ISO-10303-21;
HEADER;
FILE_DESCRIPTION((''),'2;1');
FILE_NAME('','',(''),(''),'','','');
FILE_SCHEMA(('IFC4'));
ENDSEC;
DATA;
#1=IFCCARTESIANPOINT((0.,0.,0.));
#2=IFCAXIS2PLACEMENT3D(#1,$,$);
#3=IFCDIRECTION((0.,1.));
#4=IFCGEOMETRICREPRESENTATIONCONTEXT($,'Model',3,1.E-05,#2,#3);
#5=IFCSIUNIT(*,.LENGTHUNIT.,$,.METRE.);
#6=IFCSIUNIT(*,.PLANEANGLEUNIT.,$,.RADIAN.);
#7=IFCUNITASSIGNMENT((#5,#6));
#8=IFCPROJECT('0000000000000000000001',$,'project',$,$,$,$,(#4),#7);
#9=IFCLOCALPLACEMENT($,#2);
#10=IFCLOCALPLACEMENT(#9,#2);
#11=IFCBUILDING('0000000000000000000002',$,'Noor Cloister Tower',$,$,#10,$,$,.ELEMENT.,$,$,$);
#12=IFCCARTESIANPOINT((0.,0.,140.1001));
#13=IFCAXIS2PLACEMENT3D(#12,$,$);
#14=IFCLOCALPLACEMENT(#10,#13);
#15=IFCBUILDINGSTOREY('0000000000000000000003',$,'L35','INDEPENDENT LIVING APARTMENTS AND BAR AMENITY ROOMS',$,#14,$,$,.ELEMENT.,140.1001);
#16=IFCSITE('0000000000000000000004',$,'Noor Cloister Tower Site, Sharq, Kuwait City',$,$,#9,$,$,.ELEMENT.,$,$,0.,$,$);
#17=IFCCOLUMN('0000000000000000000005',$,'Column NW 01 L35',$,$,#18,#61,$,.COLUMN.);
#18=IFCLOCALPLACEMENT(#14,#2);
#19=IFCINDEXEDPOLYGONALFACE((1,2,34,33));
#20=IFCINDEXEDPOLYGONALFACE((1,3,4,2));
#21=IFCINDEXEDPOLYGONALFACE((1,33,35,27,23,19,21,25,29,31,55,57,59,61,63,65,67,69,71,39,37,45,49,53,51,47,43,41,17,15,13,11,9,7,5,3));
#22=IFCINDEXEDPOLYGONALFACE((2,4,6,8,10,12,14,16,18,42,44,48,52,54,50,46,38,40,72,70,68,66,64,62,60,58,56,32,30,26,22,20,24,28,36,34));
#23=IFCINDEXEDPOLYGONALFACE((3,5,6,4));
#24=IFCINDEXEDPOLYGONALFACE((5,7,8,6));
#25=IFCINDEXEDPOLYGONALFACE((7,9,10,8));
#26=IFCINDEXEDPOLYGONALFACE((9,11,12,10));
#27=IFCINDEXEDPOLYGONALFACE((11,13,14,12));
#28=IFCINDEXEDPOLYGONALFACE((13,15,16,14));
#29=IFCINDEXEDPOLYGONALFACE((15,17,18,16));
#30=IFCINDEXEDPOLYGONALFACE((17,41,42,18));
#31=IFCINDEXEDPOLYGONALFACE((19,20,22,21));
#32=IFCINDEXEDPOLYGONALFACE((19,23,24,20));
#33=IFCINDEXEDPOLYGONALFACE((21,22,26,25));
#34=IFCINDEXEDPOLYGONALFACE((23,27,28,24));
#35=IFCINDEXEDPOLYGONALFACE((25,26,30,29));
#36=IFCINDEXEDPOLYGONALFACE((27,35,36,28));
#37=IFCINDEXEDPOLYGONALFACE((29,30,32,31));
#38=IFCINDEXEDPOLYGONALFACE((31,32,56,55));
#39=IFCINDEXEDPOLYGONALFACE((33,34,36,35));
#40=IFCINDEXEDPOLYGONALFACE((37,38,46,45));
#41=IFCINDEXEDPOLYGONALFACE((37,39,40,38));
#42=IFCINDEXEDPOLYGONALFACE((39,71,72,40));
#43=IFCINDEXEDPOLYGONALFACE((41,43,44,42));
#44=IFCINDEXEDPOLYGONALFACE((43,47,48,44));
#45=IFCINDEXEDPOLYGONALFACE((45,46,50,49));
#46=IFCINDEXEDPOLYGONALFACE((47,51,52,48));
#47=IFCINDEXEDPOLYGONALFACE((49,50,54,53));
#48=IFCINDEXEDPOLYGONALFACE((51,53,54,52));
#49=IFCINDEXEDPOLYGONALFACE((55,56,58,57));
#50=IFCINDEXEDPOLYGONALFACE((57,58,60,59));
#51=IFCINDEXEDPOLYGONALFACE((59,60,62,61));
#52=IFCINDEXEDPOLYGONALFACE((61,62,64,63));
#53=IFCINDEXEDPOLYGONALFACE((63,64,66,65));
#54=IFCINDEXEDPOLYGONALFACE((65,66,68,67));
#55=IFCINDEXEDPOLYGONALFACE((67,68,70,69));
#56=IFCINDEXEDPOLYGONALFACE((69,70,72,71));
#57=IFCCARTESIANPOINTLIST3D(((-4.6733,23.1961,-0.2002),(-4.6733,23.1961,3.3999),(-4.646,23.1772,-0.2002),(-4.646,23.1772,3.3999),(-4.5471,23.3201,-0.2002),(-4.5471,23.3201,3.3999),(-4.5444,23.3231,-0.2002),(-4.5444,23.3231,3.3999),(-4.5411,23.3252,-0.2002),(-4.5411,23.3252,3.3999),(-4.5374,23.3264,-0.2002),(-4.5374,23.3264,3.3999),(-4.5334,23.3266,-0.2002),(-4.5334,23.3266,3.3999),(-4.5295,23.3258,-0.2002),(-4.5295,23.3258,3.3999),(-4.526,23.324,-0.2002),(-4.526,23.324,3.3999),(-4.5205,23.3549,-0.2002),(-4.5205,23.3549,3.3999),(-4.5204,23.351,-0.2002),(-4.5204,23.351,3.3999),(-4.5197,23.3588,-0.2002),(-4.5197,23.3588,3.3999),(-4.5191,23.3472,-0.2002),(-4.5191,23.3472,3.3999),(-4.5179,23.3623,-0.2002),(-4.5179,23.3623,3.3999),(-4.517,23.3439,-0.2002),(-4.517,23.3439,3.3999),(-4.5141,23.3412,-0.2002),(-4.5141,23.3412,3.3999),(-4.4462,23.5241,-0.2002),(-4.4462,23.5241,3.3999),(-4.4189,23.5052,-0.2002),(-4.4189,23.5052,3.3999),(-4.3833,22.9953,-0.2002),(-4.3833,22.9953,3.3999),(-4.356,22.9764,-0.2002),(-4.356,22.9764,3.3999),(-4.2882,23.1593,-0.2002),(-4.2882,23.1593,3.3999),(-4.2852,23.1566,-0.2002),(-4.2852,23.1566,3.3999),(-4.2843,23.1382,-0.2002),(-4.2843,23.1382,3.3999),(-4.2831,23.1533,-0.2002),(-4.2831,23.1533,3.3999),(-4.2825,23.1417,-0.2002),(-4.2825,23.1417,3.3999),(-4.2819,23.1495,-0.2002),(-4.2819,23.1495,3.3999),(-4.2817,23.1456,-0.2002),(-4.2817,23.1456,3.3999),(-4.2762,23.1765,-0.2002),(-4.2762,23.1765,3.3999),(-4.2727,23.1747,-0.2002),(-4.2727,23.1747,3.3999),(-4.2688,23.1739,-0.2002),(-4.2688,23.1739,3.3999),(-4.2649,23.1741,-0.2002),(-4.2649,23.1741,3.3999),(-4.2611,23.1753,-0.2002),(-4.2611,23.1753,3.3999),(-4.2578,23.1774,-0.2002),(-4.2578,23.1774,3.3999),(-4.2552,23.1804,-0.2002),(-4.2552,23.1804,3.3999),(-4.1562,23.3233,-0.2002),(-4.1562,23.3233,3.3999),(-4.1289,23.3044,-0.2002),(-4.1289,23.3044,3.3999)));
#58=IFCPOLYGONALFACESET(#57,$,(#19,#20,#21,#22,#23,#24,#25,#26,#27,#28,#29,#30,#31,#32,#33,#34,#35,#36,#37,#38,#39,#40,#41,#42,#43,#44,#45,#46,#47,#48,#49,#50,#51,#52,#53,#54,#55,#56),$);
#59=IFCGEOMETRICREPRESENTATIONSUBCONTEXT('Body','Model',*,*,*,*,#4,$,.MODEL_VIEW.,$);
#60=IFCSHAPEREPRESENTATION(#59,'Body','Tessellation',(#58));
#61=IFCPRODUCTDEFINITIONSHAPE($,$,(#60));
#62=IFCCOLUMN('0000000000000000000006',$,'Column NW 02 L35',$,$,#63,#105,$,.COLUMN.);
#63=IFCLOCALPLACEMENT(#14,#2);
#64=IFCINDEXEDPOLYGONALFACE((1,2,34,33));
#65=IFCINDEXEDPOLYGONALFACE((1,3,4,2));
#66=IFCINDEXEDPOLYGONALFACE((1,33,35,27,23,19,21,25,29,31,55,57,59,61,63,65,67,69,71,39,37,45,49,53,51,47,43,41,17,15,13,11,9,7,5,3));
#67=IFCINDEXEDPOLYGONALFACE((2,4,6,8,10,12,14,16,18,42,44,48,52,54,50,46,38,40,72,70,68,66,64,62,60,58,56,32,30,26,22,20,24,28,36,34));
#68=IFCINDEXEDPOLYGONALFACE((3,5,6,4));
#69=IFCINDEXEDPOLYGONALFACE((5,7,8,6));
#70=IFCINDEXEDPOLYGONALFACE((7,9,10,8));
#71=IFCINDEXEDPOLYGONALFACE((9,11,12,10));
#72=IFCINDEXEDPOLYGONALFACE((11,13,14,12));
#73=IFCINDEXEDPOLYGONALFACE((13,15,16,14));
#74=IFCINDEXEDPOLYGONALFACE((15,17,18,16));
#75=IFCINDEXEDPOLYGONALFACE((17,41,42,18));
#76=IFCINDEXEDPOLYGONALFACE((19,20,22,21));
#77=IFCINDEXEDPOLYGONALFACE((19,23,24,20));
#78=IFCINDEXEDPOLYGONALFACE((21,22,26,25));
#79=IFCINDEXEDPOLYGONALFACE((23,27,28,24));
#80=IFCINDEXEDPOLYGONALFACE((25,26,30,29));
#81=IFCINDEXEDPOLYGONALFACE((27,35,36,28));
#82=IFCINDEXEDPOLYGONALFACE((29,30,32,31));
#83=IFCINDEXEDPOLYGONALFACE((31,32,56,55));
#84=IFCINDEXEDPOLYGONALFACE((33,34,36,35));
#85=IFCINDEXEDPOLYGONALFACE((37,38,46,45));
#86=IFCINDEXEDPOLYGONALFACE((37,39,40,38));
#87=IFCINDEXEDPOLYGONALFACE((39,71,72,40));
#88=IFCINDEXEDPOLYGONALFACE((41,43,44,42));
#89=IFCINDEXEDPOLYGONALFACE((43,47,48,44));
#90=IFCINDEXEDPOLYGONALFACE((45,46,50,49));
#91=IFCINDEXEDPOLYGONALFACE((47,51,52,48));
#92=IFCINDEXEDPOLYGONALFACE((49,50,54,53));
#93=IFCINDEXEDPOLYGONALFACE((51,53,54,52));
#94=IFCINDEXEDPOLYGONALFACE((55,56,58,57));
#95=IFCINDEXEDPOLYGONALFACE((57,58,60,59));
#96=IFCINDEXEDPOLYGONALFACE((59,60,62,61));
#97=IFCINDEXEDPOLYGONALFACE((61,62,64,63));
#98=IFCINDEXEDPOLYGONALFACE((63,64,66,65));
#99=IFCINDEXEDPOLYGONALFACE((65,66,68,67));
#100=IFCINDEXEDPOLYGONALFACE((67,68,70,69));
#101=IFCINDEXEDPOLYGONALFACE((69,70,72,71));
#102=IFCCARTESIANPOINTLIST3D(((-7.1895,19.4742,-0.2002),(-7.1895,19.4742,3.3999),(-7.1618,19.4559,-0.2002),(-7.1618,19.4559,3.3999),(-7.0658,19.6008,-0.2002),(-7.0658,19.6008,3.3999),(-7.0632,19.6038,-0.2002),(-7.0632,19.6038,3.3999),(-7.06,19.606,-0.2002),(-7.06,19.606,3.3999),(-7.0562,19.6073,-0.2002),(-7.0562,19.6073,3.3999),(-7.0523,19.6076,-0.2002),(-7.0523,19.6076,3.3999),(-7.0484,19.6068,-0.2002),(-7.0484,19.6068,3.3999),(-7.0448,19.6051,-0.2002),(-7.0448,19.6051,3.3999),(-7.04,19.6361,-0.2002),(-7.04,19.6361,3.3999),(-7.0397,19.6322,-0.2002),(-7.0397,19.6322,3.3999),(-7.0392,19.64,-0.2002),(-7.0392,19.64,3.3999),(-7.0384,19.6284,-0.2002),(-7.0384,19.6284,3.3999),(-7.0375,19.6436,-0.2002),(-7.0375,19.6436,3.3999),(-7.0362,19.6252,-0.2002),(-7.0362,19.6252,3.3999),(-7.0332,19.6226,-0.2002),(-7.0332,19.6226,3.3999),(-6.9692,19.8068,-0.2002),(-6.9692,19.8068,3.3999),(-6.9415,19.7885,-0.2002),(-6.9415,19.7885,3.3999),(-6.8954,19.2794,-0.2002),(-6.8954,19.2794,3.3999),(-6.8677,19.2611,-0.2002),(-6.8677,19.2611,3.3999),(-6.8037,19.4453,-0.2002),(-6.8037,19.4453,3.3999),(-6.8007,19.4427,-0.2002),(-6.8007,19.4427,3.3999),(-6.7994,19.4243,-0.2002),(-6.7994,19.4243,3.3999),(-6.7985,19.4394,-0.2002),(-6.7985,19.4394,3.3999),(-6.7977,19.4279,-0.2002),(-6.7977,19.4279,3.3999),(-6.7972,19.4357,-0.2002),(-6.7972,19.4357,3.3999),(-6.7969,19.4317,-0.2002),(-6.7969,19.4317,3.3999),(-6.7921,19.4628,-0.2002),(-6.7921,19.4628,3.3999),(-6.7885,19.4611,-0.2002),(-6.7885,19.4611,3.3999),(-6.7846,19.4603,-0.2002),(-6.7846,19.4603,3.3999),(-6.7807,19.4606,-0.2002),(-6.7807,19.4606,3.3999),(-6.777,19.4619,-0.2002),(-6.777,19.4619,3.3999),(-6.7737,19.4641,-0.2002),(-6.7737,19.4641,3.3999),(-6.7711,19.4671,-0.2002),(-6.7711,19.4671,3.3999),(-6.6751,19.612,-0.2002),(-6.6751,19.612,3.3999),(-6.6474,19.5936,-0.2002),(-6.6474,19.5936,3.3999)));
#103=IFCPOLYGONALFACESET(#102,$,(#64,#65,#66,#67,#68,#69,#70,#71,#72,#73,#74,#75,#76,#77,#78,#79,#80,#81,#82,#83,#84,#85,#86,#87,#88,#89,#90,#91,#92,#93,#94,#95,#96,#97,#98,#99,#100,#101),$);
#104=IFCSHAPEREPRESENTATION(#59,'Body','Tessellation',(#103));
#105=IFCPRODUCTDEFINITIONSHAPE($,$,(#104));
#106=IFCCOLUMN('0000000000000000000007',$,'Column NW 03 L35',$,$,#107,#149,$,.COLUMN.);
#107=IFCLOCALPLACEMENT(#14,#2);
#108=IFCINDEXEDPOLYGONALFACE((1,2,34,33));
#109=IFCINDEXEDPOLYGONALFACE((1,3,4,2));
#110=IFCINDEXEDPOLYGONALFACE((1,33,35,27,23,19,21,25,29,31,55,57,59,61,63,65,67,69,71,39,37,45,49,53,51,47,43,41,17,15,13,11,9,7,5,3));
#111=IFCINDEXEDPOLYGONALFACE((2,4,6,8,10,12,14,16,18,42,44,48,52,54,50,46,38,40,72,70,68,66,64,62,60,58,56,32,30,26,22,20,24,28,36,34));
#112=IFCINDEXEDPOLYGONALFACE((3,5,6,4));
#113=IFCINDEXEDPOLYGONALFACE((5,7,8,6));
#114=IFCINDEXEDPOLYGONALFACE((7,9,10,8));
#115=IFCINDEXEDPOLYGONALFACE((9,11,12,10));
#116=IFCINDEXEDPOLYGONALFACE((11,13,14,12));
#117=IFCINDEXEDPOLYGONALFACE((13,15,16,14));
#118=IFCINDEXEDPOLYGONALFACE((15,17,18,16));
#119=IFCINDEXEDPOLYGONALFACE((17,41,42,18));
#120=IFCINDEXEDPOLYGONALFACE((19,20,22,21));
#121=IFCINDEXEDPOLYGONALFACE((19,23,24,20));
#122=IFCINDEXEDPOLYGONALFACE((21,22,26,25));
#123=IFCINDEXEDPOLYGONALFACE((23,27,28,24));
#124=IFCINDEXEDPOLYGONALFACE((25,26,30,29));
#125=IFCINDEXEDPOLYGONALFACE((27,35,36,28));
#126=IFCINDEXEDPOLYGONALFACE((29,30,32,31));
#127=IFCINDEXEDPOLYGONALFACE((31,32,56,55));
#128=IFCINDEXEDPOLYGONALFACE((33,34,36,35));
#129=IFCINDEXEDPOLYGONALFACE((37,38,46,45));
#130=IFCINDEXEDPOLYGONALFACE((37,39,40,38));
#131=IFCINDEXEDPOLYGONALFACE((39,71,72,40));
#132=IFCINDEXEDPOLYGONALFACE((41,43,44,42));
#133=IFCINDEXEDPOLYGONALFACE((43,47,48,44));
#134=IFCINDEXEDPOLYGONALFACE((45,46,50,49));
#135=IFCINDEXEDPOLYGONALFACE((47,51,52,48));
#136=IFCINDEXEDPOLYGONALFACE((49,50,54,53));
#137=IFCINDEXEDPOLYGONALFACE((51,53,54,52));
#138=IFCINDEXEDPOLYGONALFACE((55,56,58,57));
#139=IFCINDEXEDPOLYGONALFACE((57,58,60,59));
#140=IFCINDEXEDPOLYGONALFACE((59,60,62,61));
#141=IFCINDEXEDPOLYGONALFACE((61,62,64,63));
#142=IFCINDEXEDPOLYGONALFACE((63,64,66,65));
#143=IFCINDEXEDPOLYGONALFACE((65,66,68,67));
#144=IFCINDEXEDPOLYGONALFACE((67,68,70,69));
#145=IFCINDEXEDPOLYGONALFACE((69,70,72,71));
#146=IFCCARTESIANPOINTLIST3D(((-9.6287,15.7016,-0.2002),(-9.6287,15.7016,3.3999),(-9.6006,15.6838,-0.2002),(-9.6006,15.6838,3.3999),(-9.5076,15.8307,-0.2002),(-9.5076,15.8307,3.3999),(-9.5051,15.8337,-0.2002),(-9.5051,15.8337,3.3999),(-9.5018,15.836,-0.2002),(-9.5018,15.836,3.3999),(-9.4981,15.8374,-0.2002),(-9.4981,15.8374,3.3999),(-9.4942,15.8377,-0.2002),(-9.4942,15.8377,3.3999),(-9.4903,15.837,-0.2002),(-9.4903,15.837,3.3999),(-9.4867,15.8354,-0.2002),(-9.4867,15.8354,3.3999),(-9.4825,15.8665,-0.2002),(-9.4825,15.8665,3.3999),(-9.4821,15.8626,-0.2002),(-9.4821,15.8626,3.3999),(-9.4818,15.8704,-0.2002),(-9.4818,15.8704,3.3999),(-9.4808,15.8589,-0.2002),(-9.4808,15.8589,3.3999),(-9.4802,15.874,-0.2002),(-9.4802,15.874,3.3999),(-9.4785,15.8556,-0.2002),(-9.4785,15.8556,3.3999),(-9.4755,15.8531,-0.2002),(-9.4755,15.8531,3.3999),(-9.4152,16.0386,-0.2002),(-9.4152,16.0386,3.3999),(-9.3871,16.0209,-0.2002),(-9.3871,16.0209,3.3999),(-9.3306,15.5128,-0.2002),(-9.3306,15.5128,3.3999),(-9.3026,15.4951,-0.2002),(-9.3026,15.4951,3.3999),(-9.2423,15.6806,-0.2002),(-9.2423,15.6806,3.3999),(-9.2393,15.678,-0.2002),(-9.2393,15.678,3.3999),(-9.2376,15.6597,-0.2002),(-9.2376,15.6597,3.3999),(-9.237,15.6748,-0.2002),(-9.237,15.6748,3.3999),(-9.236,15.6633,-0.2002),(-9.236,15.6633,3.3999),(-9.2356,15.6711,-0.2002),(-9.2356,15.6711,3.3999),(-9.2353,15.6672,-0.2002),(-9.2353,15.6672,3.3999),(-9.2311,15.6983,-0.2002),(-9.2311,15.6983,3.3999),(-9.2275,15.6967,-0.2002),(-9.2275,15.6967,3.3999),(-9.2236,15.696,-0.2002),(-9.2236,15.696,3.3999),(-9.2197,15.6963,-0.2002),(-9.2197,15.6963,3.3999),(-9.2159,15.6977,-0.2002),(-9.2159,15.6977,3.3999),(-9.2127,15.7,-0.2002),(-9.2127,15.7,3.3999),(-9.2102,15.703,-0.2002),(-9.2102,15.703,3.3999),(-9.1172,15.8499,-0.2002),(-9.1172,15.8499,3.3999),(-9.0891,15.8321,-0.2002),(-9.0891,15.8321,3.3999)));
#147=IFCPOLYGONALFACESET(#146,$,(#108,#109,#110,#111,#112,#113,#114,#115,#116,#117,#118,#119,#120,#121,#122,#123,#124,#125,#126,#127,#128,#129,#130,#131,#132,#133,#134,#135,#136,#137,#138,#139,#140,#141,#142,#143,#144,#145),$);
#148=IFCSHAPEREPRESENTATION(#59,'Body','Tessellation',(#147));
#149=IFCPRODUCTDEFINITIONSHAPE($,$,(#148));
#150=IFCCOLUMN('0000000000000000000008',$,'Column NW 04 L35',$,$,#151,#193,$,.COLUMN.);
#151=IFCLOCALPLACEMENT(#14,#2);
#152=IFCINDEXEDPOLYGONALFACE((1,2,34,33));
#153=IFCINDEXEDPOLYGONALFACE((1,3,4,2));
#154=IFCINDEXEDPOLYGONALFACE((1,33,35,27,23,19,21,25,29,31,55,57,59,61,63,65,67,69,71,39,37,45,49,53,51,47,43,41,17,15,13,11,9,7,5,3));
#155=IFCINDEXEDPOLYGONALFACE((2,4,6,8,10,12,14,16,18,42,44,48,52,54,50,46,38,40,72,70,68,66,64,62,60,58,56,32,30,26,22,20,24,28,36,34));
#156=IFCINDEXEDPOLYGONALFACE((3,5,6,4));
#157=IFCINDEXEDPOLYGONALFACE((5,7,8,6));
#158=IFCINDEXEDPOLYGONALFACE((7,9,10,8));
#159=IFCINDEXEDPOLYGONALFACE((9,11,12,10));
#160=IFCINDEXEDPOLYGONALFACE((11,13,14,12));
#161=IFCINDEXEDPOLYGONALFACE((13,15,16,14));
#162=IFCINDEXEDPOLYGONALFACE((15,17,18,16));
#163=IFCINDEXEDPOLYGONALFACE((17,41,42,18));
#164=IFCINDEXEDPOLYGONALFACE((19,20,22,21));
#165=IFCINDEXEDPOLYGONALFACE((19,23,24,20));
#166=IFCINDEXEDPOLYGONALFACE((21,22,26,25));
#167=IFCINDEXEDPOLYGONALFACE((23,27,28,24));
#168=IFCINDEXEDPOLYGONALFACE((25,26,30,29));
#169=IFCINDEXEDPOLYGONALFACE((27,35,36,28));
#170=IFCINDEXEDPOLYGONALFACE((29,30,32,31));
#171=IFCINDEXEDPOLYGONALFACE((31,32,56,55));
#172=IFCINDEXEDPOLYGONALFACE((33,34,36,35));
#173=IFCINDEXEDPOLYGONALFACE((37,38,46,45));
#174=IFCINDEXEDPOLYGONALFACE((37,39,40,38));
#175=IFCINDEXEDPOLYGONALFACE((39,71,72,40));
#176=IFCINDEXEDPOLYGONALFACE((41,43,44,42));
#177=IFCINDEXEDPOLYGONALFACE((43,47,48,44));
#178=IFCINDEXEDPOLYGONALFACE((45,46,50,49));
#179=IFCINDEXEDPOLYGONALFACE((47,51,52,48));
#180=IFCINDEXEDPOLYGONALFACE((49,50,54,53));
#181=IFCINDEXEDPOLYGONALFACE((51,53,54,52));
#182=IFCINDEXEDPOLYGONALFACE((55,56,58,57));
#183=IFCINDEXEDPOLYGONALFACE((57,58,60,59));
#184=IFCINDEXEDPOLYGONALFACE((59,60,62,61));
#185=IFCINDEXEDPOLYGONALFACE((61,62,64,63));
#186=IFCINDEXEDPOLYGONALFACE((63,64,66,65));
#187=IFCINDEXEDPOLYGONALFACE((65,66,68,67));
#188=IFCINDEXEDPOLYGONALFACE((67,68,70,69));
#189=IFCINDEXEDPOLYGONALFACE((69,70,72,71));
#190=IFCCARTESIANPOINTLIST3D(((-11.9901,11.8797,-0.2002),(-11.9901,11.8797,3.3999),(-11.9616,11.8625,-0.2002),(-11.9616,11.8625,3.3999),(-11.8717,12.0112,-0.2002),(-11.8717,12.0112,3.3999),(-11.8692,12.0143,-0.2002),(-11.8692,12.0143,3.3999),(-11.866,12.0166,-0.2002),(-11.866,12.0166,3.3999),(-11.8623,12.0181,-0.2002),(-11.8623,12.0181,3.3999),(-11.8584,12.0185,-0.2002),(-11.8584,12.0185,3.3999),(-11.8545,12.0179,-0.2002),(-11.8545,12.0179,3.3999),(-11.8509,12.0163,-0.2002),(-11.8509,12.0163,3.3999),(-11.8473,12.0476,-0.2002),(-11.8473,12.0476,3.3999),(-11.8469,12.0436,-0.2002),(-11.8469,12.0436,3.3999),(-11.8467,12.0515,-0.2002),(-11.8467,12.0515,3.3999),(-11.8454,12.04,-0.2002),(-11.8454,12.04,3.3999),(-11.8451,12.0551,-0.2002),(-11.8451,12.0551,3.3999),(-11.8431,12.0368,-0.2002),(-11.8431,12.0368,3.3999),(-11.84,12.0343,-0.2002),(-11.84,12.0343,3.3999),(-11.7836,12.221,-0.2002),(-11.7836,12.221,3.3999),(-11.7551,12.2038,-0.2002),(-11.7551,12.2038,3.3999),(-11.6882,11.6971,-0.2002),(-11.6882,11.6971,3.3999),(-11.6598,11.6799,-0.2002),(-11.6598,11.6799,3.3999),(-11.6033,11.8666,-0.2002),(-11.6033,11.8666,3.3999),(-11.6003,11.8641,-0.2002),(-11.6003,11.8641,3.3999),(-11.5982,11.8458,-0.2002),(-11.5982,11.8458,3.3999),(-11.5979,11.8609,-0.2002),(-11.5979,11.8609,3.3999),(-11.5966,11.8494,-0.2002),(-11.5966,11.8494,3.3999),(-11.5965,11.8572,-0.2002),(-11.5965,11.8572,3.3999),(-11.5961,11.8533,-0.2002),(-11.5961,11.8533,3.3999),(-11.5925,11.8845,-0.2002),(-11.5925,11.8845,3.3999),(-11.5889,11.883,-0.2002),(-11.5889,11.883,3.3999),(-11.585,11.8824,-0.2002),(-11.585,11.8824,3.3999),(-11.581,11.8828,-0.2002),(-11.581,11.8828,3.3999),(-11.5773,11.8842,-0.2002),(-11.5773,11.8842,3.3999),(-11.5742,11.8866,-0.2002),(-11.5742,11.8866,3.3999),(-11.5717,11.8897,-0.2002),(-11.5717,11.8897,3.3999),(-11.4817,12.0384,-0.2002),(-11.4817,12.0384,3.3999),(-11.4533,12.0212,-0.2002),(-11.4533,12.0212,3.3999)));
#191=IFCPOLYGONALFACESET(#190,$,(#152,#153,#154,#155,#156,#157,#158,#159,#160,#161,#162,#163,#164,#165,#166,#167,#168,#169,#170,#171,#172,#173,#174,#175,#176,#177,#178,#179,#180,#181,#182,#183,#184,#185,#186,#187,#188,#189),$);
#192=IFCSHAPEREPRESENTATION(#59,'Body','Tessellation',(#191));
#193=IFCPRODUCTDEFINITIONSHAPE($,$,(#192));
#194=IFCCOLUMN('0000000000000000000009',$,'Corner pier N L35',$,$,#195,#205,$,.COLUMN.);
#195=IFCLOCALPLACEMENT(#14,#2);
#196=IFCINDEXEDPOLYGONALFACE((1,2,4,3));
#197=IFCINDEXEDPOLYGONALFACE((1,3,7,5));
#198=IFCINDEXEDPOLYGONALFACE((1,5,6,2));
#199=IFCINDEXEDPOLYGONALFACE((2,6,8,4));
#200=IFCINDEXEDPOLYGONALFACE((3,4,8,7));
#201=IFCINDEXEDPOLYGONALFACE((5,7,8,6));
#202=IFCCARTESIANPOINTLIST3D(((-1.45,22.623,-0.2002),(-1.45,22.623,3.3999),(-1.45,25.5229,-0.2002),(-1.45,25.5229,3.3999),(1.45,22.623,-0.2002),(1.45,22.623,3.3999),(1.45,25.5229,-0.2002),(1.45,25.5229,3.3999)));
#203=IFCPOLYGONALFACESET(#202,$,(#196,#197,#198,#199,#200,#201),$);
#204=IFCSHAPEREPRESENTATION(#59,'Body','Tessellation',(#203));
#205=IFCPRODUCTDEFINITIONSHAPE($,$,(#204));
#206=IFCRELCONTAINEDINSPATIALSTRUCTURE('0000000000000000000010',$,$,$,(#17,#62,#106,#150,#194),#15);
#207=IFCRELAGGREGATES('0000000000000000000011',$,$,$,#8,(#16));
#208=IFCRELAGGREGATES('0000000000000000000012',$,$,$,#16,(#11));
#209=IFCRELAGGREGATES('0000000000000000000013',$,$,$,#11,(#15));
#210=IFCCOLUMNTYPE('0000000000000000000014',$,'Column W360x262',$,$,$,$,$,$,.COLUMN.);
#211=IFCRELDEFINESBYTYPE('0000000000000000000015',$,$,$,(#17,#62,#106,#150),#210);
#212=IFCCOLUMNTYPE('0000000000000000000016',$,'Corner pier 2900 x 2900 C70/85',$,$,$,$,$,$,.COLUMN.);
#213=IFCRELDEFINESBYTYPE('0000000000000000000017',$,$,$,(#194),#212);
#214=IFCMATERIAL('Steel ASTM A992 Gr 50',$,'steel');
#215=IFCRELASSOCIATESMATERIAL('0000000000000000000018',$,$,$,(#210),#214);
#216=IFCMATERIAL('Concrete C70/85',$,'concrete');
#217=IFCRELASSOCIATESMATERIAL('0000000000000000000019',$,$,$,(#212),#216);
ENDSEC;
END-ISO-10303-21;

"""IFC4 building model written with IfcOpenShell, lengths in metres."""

from ifc_helpers import new_model, si_unit, direction, frame, origin, origin_2d, place, context, subcontext, project, spatial, rectangle, i_section, extrude, material, material_profile, profile_set, type_object, element, save


model = new_model("IFC4")

# Units and contexts
model_context = context("Model", 3, precision=1e-05, world=origin(), true_north=direction((0.0, 1.0)))
body_context = subcontext(model_context, "Body", "Model", "MODEL_VIEW")
ifc_project = project(units=[si_unit("LENGTHUNIT", "METRE"), si_unit("PLANEANGLEUNIT", "RADIAN")], contexts=[model_context])

# Site, building, storey
site_placement = place(None, origin())
site = spatial("IfcSite", under=ifc_project, at=site_placement, Name="Noor Cloister Tower Site, Sharq, Kuwait City", CompositionType="ELEMENT", RefElevation=0.0)
building_placement = place(site_placement, origin())
building = spatial("IfcBuilding", under=site, at=building_placement, Name="Noor Cloister Tower", CompositionType="ELEMENT")
storey_placement = place(building_placement, frame((0.0, 0.0, 140.1001)))
storey = spatial("IfcBuildingStorey", under=building, at=storey_placement, Name="L35", Description="INDEPENDENT LIVING APARTMENTS AND BAR AMENITY ROOMS", CompositionType="ELEMENT", Elevation=140.1001)

# Columns
ifc_material_1 = material(Name="Steel ASTM A992 Gr 50", Category="steel")
ifc_material_profile_1 = material_profile(ifc_material_1, i_section(OverallWidth=0.3989, OverallDepth=0.386, WebThickness=0.021, FlangeThickness=0.0332, FilletRadius=0.0151, at=origin_2d()), Name="W360x262")
ifc_profile_set_1 = profile_set([ifc_material_profile_1], Name="Steel ASTM A992 Gr 50")
column_type_1 = type_object("IfcColumnType", Name="Column W360x262", PredefinedType="COLUMN", material=ifc_profile_set_1)
for number, where, z_axis, x_axis, name in (
    (1, (-4.4011, 23.2502, -0.2002), (0.0, 0.0, 1.0), (-0.569266, -0.822154, 0.0), "Column NW 01 L35"),
    (2, (-6.9185, 19.5339, -0.2002), (0.0, 0.0, 1.0), (-0.55229, -0.833652, 0.0), "Column NW 02 L35"),
    (3, (-9.3589, 15.7668, -0.2002), (0.0, 0.0, 1.0), (-0.535083, -0.8448, 0.0), "Column NW 03 L35"),
    (4, (-11.7217, 11.9504, -0.2002), (0.0, 0.0, 1.0), (-0.51765, -0.855592, 0.0), "Column NW 04 L35"),
):
    element("IfcColumn", number, at=place(storey_placement, frame(where, z_axis=z_axis, x_axis=x_axis)), inside=storey, type_object=column_type_1, Name=name, PredefinedType="COLUMN", context=body_context, shape_type="SweptSolid", body=[
        extrude(i_section(OverallWidth=0.3989, OverallDepth=0.386, WebThickness=0.021, FlangeThickness=0.0332, FilletRadius=0.0151, at=origin_2d()), origin(), (0.0, 0.0, 1.0), 3.6001),
    ])
ifc_material_2 = material(Name="Concrete C70/85", Category="concrete")
ifc_material_profile_2 = material_profile(ifc_material_2, rectangle(XDim=2.8999, YDim=2.8999, at=origin_2d()), Name="RC 2900x2900")
ifc_profile_set_2 = profile_set([ifc_material_profile_2], Name="Concrete C70/85")
column_type_2 = type_object("IfcColumnType", Name="Corner pier 2900 x 2900 C70/85", PredefinedType="COLUMN", material=ifc_profile_set_2)
column_placement = place(storey_placement, frame((0.0, 24.073, -0.2002), z_axis=(0.0, 0.0, 1.0), x_axis=(0.0, 1.0, 0.0)))
element("IfcColumn", 5, at=column_placement, inside=storey, type_object=column_type_2, Name="Corner pier N L35", PredefinedType="COLUMN", context=body_context, shape_type="SweptSolid", body=[
    extrude(rectangle(XDim=2.8999, YDim=2.8999, at=origin_2d()), origin(), (0.0, 0.0, 1.0), 3.6001),
])

save(model, "model.ifc")
